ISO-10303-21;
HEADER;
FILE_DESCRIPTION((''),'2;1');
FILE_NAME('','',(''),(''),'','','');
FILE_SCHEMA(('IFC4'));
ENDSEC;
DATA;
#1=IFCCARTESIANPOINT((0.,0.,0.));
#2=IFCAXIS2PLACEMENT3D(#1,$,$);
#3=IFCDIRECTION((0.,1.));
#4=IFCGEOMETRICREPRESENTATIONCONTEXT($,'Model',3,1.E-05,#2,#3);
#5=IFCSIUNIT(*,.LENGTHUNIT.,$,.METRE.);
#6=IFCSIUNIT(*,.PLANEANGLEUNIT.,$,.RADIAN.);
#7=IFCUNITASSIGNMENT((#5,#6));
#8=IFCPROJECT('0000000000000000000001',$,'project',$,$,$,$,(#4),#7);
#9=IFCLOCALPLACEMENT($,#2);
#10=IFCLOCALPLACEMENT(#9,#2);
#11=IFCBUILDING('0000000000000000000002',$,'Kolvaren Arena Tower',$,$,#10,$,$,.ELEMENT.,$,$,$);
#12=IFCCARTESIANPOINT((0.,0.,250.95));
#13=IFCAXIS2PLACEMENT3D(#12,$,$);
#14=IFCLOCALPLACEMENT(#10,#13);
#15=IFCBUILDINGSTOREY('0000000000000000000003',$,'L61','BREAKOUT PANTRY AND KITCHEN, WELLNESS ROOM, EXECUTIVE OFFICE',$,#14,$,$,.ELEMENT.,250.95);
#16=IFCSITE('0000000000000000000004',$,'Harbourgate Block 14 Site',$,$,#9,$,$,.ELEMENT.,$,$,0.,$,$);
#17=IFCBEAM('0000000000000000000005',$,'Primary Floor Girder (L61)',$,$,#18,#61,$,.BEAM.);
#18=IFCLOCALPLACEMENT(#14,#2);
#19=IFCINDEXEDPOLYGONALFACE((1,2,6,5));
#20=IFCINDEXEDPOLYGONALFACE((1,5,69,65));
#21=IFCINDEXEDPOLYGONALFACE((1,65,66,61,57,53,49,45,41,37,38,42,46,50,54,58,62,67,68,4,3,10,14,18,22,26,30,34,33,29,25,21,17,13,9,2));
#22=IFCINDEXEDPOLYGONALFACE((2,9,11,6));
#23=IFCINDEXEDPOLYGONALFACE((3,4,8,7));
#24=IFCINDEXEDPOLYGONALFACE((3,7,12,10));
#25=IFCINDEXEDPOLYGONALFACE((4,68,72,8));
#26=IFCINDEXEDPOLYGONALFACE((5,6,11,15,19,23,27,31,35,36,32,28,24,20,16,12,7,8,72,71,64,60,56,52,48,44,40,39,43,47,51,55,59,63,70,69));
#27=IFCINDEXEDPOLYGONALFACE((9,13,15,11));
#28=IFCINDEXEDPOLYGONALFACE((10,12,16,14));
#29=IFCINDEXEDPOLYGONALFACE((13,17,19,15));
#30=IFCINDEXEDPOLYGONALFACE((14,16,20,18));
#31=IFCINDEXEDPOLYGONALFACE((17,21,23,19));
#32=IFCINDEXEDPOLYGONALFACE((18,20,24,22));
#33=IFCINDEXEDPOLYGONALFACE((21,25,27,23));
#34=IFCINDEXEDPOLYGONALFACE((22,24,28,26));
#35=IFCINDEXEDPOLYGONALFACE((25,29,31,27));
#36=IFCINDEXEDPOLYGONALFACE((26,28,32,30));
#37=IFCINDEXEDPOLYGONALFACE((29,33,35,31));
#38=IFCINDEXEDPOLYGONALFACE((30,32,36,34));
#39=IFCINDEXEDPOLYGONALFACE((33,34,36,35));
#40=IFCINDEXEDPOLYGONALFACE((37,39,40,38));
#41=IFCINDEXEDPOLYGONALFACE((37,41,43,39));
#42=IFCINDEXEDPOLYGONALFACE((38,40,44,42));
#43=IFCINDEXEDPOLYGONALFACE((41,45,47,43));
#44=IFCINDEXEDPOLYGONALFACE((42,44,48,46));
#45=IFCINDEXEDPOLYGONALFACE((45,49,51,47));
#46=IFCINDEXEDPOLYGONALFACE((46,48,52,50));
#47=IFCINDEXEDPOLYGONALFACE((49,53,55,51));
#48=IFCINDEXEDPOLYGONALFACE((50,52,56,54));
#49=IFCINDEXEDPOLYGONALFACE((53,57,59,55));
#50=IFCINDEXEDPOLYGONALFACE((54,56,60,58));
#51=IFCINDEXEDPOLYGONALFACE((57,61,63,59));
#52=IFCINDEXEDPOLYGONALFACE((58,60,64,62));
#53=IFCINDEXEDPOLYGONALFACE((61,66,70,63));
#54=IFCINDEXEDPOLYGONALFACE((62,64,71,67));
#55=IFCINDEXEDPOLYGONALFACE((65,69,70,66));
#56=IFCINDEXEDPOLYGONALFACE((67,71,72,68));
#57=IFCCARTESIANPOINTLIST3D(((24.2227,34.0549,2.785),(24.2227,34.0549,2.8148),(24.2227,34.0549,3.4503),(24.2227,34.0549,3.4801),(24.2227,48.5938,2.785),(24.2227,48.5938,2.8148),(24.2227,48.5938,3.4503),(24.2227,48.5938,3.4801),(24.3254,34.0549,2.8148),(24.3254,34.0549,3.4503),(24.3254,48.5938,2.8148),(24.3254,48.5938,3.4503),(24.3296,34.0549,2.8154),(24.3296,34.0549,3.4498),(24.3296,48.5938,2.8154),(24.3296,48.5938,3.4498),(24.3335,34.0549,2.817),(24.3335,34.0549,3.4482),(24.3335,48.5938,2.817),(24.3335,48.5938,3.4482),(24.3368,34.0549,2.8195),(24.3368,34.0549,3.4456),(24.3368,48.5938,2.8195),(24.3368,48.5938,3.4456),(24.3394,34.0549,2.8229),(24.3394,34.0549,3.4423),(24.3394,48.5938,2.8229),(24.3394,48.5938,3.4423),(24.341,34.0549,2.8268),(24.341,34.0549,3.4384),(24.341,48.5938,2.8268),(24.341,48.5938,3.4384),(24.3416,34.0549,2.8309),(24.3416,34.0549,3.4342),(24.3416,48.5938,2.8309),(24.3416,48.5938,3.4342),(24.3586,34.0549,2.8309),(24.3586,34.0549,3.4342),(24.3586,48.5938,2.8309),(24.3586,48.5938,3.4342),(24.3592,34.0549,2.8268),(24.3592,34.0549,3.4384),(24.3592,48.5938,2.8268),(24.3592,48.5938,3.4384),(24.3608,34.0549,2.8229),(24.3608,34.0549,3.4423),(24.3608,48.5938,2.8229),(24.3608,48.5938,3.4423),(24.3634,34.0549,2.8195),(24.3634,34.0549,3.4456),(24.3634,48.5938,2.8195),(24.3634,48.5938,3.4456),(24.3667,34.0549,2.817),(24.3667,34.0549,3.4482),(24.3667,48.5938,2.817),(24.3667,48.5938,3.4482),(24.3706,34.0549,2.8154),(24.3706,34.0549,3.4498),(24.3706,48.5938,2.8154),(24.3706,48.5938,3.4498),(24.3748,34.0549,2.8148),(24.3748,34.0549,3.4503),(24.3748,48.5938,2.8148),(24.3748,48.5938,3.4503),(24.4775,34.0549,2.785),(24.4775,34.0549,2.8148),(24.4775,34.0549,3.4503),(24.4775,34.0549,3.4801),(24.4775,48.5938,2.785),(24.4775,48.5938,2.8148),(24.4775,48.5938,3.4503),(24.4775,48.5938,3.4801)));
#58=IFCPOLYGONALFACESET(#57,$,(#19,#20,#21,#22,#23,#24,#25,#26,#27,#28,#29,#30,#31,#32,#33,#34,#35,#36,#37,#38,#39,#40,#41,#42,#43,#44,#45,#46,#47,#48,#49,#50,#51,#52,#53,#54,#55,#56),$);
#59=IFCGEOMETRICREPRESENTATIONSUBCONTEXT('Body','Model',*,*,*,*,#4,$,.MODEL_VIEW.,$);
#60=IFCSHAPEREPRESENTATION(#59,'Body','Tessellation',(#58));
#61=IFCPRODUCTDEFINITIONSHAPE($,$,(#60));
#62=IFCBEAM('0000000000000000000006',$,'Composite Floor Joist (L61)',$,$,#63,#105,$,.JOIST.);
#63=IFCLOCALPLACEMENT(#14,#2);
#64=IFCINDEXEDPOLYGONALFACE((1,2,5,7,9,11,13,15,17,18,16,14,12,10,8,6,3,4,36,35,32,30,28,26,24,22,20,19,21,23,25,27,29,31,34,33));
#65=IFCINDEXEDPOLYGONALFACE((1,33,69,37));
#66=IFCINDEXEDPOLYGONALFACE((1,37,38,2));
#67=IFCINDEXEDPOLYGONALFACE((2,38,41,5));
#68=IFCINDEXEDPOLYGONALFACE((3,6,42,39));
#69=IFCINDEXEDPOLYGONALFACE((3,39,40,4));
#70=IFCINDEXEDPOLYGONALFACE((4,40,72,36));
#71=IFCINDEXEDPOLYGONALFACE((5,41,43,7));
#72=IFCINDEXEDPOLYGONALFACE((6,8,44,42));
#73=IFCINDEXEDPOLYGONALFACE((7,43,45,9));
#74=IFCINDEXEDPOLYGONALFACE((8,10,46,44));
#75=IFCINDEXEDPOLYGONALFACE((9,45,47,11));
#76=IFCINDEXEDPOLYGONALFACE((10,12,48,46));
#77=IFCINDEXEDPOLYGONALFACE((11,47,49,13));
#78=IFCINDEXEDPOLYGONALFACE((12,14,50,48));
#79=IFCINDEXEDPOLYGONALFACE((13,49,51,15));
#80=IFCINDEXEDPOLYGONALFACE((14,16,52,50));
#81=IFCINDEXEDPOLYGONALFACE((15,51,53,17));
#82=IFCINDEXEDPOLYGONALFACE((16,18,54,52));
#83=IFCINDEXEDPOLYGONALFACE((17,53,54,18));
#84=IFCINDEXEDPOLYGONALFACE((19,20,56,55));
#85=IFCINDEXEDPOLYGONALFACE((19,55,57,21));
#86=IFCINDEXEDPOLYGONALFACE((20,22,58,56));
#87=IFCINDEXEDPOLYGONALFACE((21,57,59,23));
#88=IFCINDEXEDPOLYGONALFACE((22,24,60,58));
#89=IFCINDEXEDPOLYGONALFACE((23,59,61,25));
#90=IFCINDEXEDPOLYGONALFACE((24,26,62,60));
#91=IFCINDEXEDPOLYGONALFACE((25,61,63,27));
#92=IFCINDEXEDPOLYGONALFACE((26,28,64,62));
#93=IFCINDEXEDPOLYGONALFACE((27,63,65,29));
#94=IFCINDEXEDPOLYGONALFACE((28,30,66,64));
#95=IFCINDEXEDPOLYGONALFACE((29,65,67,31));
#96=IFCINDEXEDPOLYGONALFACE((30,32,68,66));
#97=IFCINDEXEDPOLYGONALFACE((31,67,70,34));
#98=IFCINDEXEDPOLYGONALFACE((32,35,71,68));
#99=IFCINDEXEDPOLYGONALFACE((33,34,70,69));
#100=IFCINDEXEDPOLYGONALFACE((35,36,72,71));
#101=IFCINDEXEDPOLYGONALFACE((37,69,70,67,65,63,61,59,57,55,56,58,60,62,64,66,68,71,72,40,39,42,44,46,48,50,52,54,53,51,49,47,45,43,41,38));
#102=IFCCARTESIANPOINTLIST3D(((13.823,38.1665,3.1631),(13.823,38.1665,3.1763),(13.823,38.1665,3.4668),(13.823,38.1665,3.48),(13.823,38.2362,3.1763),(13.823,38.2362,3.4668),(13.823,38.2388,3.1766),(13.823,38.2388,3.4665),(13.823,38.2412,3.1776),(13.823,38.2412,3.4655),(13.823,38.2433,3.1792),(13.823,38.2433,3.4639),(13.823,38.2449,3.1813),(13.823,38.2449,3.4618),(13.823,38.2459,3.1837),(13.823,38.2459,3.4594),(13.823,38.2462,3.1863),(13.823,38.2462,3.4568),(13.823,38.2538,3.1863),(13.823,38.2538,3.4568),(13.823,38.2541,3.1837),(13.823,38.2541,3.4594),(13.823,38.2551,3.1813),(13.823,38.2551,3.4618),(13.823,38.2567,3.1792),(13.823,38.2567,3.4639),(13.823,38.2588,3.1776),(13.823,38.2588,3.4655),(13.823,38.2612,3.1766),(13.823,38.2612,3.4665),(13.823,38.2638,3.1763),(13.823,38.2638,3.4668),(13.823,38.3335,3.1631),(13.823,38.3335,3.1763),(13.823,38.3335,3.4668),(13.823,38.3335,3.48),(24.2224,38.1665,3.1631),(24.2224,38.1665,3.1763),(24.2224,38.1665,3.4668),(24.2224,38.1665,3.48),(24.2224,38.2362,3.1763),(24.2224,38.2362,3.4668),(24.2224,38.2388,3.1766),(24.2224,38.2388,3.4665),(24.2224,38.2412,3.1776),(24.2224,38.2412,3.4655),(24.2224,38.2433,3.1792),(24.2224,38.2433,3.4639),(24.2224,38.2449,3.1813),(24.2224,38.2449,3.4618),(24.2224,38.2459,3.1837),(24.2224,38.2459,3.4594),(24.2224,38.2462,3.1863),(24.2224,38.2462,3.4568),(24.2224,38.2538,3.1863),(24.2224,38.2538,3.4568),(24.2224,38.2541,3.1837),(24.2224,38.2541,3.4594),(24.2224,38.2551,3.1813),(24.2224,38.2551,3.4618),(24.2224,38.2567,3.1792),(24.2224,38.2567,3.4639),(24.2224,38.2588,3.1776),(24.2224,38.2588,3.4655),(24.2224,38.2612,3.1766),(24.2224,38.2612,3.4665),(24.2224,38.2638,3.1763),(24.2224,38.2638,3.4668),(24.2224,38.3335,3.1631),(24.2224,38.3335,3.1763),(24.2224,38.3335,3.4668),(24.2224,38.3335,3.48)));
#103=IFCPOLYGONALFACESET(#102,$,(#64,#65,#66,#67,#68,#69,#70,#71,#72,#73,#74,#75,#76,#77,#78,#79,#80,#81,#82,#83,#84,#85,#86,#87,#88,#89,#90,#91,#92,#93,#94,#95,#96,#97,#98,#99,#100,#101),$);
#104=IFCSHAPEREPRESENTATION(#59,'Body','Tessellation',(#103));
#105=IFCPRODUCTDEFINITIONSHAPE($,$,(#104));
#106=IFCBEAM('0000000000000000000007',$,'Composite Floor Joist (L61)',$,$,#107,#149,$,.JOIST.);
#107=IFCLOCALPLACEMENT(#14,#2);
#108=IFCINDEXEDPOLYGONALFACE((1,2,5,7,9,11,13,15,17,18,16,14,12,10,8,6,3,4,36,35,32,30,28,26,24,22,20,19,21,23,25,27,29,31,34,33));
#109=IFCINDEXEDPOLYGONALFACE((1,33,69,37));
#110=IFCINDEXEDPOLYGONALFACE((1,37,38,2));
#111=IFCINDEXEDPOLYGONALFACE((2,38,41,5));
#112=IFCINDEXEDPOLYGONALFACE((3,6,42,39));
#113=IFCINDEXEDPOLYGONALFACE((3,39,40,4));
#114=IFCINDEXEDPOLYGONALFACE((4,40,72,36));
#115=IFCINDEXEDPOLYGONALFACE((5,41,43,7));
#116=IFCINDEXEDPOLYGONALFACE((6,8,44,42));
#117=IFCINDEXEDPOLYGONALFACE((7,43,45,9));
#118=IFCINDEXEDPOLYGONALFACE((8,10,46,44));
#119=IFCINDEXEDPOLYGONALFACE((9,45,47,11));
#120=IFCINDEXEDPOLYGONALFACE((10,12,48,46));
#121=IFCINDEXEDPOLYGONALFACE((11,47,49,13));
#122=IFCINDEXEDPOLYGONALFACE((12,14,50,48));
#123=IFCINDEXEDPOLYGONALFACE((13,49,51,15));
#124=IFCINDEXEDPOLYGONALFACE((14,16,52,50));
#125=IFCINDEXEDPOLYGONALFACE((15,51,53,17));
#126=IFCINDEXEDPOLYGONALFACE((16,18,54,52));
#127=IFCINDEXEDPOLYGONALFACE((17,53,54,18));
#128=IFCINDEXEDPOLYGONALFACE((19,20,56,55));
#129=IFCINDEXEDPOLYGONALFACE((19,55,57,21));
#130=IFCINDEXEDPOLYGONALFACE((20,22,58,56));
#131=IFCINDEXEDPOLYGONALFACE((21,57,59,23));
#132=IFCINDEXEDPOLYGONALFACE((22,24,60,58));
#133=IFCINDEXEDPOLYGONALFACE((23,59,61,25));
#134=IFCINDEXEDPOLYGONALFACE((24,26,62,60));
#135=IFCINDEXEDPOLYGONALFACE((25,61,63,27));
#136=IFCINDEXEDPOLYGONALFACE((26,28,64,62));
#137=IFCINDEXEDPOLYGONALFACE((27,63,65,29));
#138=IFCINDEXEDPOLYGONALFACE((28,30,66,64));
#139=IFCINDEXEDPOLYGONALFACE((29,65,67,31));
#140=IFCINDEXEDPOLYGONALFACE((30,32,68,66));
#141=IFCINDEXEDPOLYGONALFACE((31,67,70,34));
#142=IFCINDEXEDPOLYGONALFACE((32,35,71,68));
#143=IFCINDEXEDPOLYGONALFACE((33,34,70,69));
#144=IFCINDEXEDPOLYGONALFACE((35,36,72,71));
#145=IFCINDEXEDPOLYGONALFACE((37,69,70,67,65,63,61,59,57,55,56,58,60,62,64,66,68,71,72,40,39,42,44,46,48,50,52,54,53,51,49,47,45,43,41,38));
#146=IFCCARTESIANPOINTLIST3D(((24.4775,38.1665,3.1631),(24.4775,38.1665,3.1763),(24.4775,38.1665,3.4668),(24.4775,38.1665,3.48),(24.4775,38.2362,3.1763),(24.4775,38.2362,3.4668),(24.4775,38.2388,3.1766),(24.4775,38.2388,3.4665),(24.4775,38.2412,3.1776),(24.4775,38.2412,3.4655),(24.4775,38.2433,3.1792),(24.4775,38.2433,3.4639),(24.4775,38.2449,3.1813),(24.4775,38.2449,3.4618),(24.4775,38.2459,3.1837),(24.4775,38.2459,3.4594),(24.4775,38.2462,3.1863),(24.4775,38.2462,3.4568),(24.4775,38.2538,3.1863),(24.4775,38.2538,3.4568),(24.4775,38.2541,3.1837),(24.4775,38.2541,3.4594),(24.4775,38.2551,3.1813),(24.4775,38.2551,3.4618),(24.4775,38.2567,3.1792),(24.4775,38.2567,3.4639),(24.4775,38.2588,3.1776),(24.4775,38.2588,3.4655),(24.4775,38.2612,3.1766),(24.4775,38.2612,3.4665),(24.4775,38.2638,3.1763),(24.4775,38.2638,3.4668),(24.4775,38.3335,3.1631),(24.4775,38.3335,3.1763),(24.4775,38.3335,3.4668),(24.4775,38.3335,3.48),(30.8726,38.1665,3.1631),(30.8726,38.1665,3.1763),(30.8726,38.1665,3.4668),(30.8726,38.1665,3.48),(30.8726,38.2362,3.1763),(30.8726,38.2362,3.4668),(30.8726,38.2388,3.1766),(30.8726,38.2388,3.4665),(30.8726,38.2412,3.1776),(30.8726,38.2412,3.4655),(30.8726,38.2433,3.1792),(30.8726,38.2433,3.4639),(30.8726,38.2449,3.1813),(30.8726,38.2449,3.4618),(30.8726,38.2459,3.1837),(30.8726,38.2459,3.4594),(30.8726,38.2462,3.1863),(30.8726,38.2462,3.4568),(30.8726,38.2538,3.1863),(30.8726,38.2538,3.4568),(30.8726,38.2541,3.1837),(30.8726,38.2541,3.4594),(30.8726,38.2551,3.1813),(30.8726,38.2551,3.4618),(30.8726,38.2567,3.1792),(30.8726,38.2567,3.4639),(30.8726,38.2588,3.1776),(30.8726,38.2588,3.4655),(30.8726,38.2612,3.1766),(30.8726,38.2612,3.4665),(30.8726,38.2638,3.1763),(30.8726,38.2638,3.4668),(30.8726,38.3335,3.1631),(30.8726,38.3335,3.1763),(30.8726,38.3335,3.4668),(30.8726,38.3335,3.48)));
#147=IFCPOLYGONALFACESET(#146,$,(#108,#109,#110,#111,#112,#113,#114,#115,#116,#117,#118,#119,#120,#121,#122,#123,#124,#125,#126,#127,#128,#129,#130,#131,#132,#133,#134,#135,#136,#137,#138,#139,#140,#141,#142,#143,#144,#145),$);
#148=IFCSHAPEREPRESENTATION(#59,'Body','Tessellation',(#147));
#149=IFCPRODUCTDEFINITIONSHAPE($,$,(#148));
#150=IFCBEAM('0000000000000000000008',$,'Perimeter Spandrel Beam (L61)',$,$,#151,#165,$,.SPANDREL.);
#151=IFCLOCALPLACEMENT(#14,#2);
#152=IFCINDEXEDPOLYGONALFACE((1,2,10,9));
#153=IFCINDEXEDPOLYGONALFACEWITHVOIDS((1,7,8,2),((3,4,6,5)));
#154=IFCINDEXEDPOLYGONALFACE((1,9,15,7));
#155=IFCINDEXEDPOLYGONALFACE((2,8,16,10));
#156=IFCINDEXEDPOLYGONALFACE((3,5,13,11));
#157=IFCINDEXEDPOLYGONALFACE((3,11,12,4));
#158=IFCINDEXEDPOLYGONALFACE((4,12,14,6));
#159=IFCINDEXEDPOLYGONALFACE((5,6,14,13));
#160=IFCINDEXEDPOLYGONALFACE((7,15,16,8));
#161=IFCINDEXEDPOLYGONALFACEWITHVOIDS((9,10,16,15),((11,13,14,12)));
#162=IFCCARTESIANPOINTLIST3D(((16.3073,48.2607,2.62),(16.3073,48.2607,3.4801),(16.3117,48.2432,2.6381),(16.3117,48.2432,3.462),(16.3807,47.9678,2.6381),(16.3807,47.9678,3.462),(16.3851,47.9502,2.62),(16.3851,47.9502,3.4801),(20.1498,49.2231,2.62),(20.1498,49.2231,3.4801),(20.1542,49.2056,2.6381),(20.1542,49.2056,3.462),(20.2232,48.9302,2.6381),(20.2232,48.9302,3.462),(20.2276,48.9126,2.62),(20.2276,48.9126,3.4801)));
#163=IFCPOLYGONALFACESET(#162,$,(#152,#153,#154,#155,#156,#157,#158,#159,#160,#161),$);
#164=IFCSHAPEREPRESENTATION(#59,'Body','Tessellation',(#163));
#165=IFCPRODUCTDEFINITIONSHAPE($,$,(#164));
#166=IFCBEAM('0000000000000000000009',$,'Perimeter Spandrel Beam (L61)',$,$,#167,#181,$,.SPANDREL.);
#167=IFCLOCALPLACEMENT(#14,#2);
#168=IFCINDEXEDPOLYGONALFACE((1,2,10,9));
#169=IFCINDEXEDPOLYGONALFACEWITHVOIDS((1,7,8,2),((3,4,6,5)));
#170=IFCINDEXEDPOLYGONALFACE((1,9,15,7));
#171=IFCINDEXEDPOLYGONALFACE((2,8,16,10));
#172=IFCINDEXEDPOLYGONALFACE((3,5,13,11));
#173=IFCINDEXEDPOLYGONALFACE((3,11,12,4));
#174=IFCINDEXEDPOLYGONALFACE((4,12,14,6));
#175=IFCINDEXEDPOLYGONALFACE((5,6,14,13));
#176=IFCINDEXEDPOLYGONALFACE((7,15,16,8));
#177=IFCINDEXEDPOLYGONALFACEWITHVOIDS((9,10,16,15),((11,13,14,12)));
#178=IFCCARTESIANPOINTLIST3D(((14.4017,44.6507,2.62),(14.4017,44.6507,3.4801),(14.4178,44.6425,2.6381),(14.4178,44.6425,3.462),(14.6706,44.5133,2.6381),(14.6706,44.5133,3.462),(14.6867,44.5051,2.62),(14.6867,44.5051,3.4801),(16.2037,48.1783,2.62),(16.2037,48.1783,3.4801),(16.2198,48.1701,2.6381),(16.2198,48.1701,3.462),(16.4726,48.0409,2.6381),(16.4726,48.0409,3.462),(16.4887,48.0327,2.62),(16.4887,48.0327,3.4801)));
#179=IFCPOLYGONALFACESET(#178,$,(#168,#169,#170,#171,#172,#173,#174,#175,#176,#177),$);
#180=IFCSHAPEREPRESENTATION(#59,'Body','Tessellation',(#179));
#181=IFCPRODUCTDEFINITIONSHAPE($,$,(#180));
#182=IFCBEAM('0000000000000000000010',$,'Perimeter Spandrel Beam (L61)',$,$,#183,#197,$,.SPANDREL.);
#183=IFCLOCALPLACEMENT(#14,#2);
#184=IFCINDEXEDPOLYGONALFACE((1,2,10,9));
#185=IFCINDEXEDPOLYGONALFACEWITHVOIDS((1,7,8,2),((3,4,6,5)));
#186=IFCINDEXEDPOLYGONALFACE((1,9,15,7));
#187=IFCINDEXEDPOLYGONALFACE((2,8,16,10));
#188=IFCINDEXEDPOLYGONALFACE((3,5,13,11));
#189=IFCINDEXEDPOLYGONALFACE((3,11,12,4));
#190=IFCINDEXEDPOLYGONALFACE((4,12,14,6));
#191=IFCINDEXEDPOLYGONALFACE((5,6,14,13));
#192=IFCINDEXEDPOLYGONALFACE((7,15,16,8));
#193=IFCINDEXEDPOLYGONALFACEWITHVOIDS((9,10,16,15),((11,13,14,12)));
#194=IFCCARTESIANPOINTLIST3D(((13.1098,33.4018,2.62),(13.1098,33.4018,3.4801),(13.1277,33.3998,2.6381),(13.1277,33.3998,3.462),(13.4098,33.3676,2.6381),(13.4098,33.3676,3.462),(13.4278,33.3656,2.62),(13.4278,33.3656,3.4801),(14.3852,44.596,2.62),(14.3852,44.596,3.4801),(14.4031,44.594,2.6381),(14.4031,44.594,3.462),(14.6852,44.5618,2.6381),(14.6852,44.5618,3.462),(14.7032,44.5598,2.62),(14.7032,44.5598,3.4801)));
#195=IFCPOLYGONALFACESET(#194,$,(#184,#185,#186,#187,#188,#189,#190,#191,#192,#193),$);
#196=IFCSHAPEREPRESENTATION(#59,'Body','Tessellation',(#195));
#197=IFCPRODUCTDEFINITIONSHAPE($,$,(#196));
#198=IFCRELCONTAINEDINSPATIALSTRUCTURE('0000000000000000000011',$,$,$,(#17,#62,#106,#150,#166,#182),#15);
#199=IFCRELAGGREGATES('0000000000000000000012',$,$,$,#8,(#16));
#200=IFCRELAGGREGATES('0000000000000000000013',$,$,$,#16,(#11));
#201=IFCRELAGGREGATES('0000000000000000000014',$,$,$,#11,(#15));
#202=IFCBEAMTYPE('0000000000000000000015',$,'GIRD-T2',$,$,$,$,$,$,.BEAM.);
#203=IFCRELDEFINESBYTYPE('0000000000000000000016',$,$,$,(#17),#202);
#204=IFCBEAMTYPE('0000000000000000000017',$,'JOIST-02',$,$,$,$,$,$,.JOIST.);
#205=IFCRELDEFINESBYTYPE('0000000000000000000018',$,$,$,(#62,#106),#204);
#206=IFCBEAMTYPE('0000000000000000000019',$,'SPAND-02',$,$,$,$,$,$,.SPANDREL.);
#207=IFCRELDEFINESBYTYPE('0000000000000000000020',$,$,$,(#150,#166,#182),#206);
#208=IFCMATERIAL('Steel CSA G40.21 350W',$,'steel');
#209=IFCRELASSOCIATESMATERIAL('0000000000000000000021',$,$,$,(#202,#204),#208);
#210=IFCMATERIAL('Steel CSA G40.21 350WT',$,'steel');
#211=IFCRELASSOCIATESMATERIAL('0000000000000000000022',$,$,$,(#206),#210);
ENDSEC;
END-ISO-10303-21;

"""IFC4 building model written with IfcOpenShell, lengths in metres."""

from ifc_helpers import new_model, si_unit, direction, frame, origin, origin_2d, place, context, subcontext, project, spatial, hollow_rectangle, i_section, extrude, material, material_profile, profile_set, type_object, element, save


model = new_model("IFC4")

# Units and contexts
model_context = context("Model", 3, precision=1e-05, world=origin(), true_north=direction((0.0, 1.0)))
body_context = subcontext(model_context, "Body", "Model", "MODEL_VIEW")
ifc_project = project(units=[si_unit("LENGTHUNIT", "METRE"), si_unit("PLANEANGLEUNIT", "RADIAN")], contexts=[model_context])

# Site, building, storey
site_placement = place(None, origin())
site = spatial("IfcSite", under=ifc_project, at=site_placement, Name="Harbourgate Block 14 Site", CompositionType="ELEMENT", RefElevation=0.0)
building_placement = place(site_placement, origin())
building = spatial("IfcBuilding", under=site, at=building_placement, Name="Kolvaren Arena Tower", CompositionType="ELEMENT")
storey_placement = place(building_placement, frame((0.0, 0.0, 250.95)))
storey = spatial("IfcBuildingStorey", under=building, at=storey_placement, Name="L61", Description="BREAKOUT PANTRY AND KITCHEN, WELLNESS ROOM, EXECUTIVE OFFICE", CompositionType="ELEMENT", Elevation=250.95)

# Beams
ifc_material_1 = material(Name="Steel CSA G40.21 350W", Category="steel")
ifc_material_profile_1 = material_profile(ifc_material_1, i_section(OverallWidth=0.2549, OverallDepth=0.6951, WebThickness=0.0171, FlangeThickness=0.0298, FilletRadius=0.0161, at=origin_2d()), Name="W690x217")
ifc_profile_set_1 = profile_set([ifc_material_profile_1], Name="Steel CSA G40.21 350W")
beam_type_1 = type_object("IfcBeamType", Name="GIRD-T2", PredefinedType="BEAM", material=ifc_profile_set_1)
beam_1_placement = place(storey_placement, frame((24.3501, 34.0549, 3.1326), z_axis=(0.0, 1.0, 0.0), x_axis=(-1.0, 0.0, 0.0)))
element("IfcBeam", 1, at=beam_1_placement, inside=storey, type_object=beam_type_1, Name="Primary Floor Girder (L61)", PredefinedType="BEAM", context=body_context, shape_type="SweptSolid", body=[
    extrude(i_section(OverallWidth=0.2549, OverallDepth=0.6951, WebThickness=0.0171, FlangeThickness=0.0298, FilletRadius=0.0161, at=origin_2d()), origin(), (0.0, 0.0, 1.0), 14.5388),
])
ifc_material_profile_2 = material_profile(ifc_material_1, i_section(OverallWidth=0.167, OverallDepth=0.3169, WebThickness=0.0076, FlangeThickness=0.0132, FilletRadius=0.01, at=origin_2d()), Name="W310x52")
ifc_profile_set_2 = profile_set([ifc_material_profile_2], Name="Steel CSA G40.21 350W")
beam_type_2 = type_object("IfcBeamType", Name="JOIST-02", PredefinedType="JOIST", material=ifc_profile_set_2)
beam_2_placement = place(storey_placement, frame((13.823, 38.25, 3.3215), z_axis=(1.0, 0.0, 0.0), x_axis=(0.0, 1.0, 0.0)))
element("IfcBeam", 2, at=beam_2_placement, inside=storey, type_object=beam_type_2, Name="Composite Floor Joist (L61)", PredefinedType="JOIST", context=body_context, shape_type="SweptSolid", body=[
    extrude(i_section(OverallWidth=0.167, OverallDepth=0.3169, WebThickness=0.0076, FlangeThickness=0.0132, FilletRadius=0.01, at=origin_2d()), origin(), (0.0, 0.0, 1.0), 10.3994),
])
beam_3_placement = place(storey_placement, frame((24.4775, 38.25, 3.3215), z_axis=(1.0, 0.0, 0.0), x_axis=(0.0, 1.0, 0.0)))
element("IfcBeam", 3, at=beam_3_placement, inside=storey, type_object=beam_type_2, Name="Composite Floor Joist (L61)", PredefinedType="JOIST", context=body_context, shape_type="SweptSolid", body=[
    extrude(i_section(OverallWidth=0.167, OverallDepth=0.3169, WebThickness=0.0076, FlangeThickness=0.0132, FilletRadius=0.01, at=origin_2d()), origin(), (0.0, 0.0, 1.0), 6.395),
])
ifc_material_2 = material(Name="Steel CSA G40.21 350WT", Category="steel")
ifc_material_profile_3 = material_profile(ifc_material_2, hollow_rectangle(XDim=0.3201, YDim=0.8601, WallThickness=0.0181, at=origin_2d()), Name="HSS 860x320x18")
ifc_profile_set_3 = profile_set([ifc_material_profile_3], Name="Steel CSA G40.21 350WT")
beam_type_3 = type_object("IfcBeamType", Name="SPAND-02", PredefinedType="SPANDREL", material=ifc_profile_set_3)
for number, where, z_axis, x_axis, name in (
    (4, (20.1887, 49.0679, 3.05), (-0.970037, -0.242956, 0.0), (0.242956, -0.970037, 0.0), "Perimeter Spandrel Beam (L61)"),
    (5, (16.3462, 48.1055, 3.05), (-0.454913, -0.890536, 0.0), (0.890536, -0.454913, 0.0), "Perimeter Spandrel Beam (L61)"),
):
    element("IfcBeam", number, at=place(storey_placement, frame(where, z_axis=z_axis, x_axis=x_axis)), inside=storey, type_object=beam_type_3, Name=name, PredefinedType="SPANDREL", context=body_context, shape_type="SweptSolid", body=[
        extrude(hollow_rectangle(XDim=0.3201, YDim=0.8601, WallThickness=0.0181, at=origin_2d()), origin(), (0.0, 0.0, 1.0), 3.9612),
    ])
beam_4_placement = place(storey_placement, frame((14.5442, 44.5779, 3.05), z_axis=(-0.113202, -0.993572, 0.0), x_axis=(0.993572, -0.113202, 0.0)))
element("IfcBeam", 6, at=beam_4_placement, inside=storey, type_object=beam_type_3, Name="Perimeter Spandrel Beam (L61)", PredefinedType="SPANDREL", context=body_context, shape_type="SweptSolid", body=[
    extrude(hollow_rectangle(XDim=0.3201, YDim=0.8601, WallThickness=0.0181, at=origin_2d()), origin(), (0.0, 0.0, 1.0), 11.2666),
])

save(model, "model.ifc")
